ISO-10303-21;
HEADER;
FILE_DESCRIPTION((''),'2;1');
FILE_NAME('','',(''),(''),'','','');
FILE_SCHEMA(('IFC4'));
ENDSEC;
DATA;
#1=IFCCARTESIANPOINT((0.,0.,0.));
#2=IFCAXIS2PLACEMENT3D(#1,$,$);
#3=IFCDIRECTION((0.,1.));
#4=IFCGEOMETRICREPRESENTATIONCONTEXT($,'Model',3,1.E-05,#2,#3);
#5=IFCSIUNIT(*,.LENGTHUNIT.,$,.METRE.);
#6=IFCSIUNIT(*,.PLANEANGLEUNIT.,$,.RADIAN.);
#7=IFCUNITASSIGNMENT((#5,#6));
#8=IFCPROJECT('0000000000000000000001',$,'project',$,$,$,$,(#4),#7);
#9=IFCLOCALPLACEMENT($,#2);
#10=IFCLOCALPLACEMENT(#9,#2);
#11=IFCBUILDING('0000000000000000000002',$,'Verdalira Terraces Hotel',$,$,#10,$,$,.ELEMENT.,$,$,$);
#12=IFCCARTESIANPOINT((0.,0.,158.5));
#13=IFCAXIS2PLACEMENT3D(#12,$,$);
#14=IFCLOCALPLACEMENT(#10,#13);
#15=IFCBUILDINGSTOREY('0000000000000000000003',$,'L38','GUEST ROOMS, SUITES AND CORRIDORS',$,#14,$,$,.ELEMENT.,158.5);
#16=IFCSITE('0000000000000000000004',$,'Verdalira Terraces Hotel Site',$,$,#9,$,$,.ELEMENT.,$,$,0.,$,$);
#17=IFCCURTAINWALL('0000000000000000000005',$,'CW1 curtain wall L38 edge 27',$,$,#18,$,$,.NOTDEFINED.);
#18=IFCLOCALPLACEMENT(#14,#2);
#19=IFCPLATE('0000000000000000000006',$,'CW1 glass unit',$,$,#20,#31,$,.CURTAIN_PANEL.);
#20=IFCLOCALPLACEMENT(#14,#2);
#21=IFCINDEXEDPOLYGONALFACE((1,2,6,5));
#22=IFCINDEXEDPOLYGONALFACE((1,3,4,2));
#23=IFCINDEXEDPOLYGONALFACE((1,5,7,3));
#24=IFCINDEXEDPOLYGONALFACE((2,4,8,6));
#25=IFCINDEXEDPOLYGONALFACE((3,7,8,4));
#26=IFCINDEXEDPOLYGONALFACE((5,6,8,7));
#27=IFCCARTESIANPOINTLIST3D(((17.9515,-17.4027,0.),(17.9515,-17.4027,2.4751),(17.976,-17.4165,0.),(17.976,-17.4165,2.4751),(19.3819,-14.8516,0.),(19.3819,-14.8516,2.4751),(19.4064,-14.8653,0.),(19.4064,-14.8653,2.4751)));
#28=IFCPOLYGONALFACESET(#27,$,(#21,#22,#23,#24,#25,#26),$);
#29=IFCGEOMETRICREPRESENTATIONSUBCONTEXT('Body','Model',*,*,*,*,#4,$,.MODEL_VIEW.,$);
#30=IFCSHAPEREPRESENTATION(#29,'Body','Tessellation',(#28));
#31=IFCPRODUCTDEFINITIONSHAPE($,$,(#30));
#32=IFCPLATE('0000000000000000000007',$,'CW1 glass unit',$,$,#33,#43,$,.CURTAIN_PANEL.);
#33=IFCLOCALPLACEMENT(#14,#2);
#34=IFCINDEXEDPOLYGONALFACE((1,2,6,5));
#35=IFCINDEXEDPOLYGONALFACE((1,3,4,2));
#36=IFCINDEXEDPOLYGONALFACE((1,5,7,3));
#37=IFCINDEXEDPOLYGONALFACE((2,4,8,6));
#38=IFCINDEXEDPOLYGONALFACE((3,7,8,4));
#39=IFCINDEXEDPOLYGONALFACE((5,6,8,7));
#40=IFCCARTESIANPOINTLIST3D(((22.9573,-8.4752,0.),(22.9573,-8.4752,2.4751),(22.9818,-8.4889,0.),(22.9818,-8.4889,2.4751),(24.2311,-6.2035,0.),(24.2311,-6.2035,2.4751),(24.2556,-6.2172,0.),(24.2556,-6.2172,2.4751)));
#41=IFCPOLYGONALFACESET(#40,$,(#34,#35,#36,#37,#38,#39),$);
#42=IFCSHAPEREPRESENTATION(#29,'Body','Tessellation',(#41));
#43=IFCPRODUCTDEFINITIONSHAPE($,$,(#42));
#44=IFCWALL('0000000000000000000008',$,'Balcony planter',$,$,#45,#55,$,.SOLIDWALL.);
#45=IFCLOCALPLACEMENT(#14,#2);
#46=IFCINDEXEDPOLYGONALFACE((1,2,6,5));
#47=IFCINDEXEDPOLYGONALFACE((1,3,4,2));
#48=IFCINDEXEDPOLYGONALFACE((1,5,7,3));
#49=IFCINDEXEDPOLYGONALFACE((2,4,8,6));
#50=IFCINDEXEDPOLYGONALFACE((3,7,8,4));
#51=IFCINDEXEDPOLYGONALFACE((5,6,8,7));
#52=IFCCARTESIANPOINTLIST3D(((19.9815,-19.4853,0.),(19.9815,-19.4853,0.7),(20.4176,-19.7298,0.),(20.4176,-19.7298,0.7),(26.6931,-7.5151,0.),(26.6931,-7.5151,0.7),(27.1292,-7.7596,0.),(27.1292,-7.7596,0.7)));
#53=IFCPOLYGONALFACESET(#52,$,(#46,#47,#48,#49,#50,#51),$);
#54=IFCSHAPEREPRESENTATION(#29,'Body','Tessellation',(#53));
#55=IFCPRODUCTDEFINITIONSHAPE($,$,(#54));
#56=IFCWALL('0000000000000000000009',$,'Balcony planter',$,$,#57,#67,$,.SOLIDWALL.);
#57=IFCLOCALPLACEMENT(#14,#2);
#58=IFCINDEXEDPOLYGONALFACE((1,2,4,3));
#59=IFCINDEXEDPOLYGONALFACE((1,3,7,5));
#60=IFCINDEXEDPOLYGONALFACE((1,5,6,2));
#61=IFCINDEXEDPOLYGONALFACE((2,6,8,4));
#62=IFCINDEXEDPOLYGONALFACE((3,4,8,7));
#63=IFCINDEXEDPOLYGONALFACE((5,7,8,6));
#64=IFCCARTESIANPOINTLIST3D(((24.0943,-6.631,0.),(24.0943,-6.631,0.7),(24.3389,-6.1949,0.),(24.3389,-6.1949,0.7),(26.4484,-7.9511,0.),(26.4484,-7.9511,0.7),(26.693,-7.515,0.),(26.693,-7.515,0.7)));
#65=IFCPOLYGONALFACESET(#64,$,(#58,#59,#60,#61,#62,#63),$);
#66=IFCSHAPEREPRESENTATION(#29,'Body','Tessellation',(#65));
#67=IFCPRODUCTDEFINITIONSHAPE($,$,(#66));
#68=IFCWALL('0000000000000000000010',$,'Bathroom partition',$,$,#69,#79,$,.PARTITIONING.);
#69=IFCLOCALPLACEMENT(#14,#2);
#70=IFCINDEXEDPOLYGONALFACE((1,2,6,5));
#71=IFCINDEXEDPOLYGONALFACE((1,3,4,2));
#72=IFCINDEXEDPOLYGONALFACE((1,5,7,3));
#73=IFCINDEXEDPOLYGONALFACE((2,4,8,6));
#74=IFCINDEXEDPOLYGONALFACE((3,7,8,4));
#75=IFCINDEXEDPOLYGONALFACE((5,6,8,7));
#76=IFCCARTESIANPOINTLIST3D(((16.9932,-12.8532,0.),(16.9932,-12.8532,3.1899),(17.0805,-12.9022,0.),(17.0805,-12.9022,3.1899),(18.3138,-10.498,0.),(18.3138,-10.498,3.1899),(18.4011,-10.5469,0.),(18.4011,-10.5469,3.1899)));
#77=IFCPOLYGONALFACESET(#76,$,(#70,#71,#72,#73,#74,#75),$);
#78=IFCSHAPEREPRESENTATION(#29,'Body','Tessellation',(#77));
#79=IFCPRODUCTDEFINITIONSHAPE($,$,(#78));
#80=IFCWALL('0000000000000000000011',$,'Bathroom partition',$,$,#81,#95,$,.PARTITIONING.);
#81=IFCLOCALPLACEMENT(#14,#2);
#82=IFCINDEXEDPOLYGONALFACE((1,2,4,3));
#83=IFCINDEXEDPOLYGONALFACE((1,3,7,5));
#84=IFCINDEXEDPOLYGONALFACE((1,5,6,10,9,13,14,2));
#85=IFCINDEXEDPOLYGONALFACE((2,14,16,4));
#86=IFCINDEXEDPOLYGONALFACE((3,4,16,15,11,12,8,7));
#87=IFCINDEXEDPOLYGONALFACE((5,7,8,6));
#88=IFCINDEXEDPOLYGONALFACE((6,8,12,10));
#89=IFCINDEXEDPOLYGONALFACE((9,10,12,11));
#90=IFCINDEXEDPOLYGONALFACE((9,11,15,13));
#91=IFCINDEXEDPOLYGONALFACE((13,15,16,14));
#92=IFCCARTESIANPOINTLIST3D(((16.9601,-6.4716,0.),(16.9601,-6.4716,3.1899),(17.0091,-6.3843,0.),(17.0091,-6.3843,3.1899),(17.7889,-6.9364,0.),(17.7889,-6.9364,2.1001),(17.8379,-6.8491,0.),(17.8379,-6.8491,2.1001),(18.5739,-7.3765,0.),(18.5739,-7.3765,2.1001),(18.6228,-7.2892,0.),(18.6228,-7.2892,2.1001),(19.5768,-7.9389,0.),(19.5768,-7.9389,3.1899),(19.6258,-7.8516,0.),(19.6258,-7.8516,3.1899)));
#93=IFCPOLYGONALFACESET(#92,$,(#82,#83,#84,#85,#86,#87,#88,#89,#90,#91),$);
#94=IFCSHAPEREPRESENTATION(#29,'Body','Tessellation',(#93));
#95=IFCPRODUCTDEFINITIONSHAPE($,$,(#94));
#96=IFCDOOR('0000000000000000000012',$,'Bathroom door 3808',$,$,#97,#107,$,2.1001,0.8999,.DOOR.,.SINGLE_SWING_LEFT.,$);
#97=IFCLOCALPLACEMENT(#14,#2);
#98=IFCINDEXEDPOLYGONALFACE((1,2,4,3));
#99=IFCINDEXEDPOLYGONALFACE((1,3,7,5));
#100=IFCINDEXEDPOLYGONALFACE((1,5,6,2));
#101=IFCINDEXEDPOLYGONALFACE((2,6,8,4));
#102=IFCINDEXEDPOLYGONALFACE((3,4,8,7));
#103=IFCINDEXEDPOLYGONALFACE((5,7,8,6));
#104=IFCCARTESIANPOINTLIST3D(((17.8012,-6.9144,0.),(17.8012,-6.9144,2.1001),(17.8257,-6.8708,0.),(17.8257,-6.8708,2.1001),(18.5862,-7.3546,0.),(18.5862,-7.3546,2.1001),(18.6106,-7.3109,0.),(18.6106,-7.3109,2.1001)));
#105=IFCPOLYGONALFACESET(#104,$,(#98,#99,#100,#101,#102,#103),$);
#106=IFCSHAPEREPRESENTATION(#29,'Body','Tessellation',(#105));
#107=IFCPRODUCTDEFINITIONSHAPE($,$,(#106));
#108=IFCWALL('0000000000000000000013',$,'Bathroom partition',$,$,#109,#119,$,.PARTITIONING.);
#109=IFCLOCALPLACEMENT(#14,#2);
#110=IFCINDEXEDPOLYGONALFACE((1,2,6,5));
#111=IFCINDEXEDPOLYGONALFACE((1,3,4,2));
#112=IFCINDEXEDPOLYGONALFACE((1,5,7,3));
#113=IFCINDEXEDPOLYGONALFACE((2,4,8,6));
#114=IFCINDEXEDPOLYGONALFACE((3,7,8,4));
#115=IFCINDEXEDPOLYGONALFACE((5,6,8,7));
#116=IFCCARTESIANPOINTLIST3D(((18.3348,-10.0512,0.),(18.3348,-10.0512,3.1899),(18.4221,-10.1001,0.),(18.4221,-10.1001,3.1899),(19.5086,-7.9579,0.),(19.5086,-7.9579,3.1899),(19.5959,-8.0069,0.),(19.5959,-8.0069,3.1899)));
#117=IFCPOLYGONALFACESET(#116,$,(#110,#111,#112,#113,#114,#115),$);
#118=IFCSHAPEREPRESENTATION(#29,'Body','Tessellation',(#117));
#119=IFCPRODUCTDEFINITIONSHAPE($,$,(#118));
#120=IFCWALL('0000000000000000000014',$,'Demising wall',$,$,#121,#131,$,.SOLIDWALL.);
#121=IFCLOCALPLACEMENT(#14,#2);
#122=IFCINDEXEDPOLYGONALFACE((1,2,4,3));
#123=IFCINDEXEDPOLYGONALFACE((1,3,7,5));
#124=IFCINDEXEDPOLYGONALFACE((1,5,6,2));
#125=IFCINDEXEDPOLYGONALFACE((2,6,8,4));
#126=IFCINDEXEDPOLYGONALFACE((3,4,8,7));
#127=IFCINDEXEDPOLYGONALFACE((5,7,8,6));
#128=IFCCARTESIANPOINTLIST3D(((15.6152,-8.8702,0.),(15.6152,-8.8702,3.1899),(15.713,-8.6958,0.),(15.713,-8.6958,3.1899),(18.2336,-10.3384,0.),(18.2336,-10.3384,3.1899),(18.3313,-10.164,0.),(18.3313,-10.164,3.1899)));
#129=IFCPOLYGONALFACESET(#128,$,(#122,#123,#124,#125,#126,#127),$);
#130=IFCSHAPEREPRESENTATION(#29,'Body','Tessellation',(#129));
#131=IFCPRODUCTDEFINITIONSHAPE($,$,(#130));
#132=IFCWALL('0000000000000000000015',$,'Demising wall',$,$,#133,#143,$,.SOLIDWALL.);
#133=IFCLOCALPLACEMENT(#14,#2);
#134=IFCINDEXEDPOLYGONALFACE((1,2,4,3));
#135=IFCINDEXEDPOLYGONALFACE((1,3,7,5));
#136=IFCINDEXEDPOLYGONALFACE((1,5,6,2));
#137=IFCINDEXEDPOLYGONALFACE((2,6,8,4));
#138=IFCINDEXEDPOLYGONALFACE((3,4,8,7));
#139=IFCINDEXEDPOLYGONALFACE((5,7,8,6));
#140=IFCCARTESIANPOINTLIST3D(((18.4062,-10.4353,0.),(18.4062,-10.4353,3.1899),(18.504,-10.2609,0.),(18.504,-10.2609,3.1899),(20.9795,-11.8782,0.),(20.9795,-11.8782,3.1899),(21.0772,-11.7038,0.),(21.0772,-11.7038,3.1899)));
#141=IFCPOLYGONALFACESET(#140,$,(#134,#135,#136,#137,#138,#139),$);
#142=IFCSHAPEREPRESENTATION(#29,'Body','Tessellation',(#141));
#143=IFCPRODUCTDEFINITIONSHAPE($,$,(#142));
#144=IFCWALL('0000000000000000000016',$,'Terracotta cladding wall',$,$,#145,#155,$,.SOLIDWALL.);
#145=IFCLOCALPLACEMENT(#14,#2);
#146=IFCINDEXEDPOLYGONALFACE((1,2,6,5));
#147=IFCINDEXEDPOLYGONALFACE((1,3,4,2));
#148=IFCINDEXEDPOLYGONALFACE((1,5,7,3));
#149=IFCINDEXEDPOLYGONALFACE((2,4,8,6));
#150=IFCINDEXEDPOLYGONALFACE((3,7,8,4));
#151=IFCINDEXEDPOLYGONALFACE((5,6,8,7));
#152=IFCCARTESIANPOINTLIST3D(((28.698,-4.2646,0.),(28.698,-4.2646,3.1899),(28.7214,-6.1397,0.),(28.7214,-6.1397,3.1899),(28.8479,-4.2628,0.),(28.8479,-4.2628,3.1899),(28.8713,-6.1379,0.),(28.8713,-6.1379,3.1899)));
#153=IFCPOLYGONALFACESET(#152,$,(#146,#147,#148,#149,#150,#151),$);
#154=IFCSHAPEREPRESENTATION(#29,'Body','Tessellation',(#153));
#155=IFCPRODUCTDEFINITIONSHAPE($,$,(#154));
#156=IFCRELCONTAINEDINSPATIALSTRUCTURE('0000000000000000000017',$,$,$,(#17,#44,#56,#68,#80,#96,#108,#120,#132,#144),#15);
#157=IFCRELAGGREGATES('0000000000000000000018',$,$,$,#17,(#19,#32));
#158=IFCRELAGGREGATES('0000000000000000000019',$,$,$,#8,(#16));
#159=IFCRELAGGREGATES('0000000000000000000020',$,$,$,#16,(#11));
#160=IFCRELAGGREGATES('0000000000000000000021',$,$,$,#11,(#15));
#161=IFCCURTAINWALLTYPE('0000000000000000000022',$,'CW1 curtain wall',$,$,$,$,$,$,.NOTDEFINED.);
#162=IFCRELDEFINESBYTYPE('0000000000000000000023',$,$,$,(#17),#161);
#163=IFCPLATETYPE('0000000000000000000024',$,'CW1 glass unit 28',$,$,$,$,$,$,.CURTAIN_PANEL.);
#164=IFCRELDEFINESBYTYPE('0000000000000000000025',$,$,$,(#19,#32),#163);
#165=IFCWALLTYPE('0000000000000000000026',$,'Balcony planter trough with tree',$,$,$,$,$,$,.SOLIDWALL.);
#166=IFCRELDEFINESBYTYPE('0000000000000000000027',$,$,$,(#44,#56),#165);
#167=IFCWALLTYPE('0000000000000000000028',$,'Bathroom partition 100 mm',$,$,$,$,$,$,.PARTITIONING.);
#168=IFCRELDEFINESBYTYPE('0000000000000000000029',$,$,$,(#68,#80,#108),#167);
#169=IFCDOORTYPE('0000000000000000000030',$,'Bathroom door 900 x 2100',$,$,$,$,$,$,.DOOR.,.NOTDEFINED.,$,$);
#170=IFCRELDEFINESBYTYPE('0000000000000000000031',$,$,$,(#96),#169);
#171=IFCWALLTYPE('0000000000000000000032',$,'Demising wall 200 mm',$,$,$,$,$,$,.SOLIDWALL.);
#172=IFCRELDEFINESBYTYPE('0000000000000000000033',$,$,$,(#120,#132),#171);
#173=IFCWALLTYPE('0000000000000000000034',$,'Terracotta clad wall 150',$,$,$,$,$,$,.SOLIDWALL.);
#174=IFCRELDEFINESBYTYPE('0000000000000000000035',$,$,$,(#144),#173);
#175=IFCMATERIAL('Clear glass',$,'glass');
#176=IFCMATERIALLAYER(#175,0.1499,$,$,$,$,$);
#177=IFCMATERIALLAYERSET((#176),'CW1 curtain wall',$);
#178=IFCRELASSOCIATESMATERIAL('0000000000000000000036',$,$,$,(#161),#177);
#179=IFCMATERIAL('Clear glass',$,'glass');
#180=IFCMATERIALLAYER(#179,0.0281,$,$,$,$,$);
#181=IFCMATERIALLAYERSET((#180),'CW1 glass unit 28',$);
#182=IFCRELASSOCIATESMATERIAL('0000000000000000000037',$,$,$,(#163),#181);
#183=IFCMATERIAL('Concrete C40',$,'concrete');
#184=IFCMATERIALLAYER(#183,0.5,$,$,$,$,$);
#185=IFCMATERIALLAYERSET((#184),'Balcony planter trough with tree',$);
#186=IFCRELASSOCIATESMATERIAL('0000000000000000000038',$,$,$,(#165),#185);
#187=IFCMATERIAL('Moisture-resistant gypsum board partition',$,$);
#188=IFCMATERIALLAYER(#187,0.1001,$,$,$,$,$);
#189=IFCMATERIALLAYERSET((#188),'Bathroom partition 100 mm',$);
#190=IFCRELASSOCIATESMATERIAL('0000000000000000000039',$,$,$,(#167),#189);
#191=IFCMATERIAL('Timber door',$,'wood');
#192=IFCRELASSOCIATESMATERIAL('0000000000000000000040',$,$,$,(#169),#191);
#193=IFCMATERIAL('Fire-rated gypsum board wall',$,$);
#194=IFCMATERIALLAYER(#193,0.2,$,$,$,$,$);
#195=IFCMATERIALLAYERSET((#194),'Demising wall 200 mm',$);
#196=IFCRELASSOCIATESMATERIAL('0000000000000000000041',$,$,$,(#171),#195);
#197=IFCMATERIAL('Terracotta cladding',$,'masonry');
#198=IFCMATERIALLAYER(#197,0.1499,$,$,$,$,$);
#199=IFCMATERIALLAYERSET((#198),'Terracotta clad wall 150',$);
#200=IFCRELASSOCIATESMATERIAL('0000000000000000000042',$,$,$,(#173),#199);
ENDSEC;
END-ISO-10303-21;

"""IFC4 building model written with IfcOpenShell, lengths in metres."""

from ifc_helpers import new_model, si_unit, direction, frame, frame_2d, origin, origin_2d, place, context, subcontext, project, spatial, rectangle, extrude, material, layer, layer_set, type_object, element, fill, aggregate, save


model = new_model("IFC4")

# Units and contexts
model_context = context("Model", 3, precision=1e-05, world=origin(), true_north=direction((0.0, 1.0)))
body_context = subcontext(model_context, "Body", "Model", "MODEL_VIEW")
ifc_project = project(units=[si_unit("LENGTHUNIT", "METRE"), si_unit("PLANEANGLEUNIT", "RADIAN")], contexts=[model_context])

# Site, building, storey
site_placement = place(None, origin())
site = spatial("IfcSite", under=ifc_project, at=site_placement, Name="Verdalira Terraces Hotel Site", CompositionType="ELEMENT", RefElevation=0.0)
building_placement = place(site_placement, origin())
building = spatial("IfcBuilding", under=site, at=building_placement, Name="Verdalira Terraces Hotel", CompositionType="ELEMENT")
storey_placement = place(building_placement, frame((0.0, 0.0, 158.5)))
storey = spatial("IfcBuildingStorey", under=building, at=storey_placement, Name="L38", Description="GUEST ROOMS, SUITES AND CORRIDORS", CompositionType="ELEMENT", Elevation=158.5)

# Shared definitions
ifc_material_1 = material(Name="Clear glass", Category="glass")
ifc_layer_1 = layer(ifc_material_1, 0.1499)
ifc_layer_set_1 = layer_set([ifc_layer_1], Name="CW1 curtain wall")
curtain_wall_type_1 = type_object("IfcCurtainWallType", Name="CW1 curtain wall", PredefinedType="NOTDEFINED", material=ifc_layer_set_1)

# Curtain wall
curtain_wall_1_placement = place(storey_placement, origin())
curtain_wall_1 = element("IfcCurtainWall", 1, at=curtain_wall_1_placement, inside=storey, type_object=curtain_wall_type_1, Name="CW1 curtain wall L38 edge 27", PredefinedType="NOTDEFINED")

# Plates
ifc_material_2 = material(Name="Clear glass", Category="glass")
ifc_layer_2 = layer(ifc_material_2, 0.0281)
ifc_layer_set_2 = layer_set([ifc_layer_2], Name="CW1 glass unit 28")
plate_type = type_object("IfcPlateType", Name="CW1 glass unit 28", PredefinedType="CURTAIN_PANEL", material=ifc_layer_set_2)
plate_1_placement = place(storey_placement, frame((18.679, -16.134, 0.0), z_axis=(0.0, 0.0, 1.0), x_axis=(0.489078, 0.87224, 0.0)))
plate_1 = element("IfcPlate", 2, at=plate_1_placement, type_object=plate_type, Name="CW1 glass unit", PredefinedType="CURTAIN_PANEL", context=body_context, shape_type="SweptSolid", body=[
    extrude(rectangle(XDim=2.9248, YDim=0.0281, at=origin_2d()), origin(), (0.0, 0.0, 1.0), 2.4751),
])
plate_2_placement = place(storey_placement, frame((23.6064, -7.3462, 0.0), z_axis=(0.0, 0.0, 1.0), x_axis=(0.489078, 0.87224, 0.0)))
plate_2 = element("IfcPlate", 3, at=plate_2_placement, type_object=plate_type, Name="CW1 glass unit", PredefinedType="CURTAIN_PANEL", context=body_context, shape_type="SweptSolid", body=[
    extrude(rectangle(XDim=2.6045, YDim=0.0281, at=origin_2d()), origin(), (0.0, 0.0, 1.0), 2.4751),
])
aggregate(curtain_wall_1, [plate_1, plate_2])

# Walls
ifc_material_3 = material(Name="Concrete C40", Category="concrete")
ifc_layer_3 = layer(ifc_material_3, 0.5)
ifc_layer_set_3 = layer_set([ifc_layer_3], Name="Balcony planter trough with tree")
wall_type_1 = type_object("IfcWallType", Name="Balcony planter trough with tree", PredefinedType="SOLIDWALL", material=ifc_layer_set_3)
wall_1_placement = place(storey_placement, frame((20.1995, -19.6077, 0.0), z_axis=(0.0, 0.0, 1.0), x_axis=(0.489066, 0.872247, 0.0)))
element("IfcWall", 4, at=wall_1_placement, inside=storey, type_object=wall_type_1, Name="Balcony planter", PredefinedType="SOLIDWALL", context=body_context, shape_type="SweptSolid", body=[
    extrude(rectangle(XDim=13.7234, YDim=0.5, at=frame_2d((6.8618, 0.0))), origin(), (0.0, 0.0, 1.0), 0.7),
])
wall_2_placement = place(storey_placement, frame((26.5708, -7.7332, 0.0), z_axis=(0.0, 0.0, 1.0), x_axis=(-0.872217, 0.489118, 0.0)))
element("IfcWall", 5, at=wall_2_placement, inside=storey, type_object=wall_type_1, Name="Balcony planter", PredefinedType="SOLIDWALL", context=body_context, shape_type="SweptSolid", body=[
    extrude(rectangle(XDim=2.699, YDim=0.5, at=frame_2d((1.3496, 0.0))), origin(), (0.0, 0.0, 1.0), 0.7),
])
ifc_material_4 = material(Name="Moisture-resistant gypsum board partition")
ifc_layer_4 = layer(ifc_material_4, 0.1001)
ifc_layer_set_4 = layer_set([ifc_layer_4], Name="Bathroom partition 100 mm")
wall_type_2 = type_object("IfcWallType", Name="Bathroom partition 100 mm", PredefinedType="PARTITIONING", material=ifc_layer_set_4)
wall_3_placement = place(storey_placement, frame((17.0369, -12.8777, 0.0), z_axis=(0.0, 0.0, 1.0), x_axis=(0.489063, 0.872248, 0.0)))
element("IfcWall", 6, at=wall_3_placement, inside=storey, type_object=wall_type_2, Name="Bathroom partition", PredefinedType="PARTITIONING", context=body_context, shape_type="SweptSolid", body=[
    extrude(rectangle(XDim=2.7002, YDim=0.1001, at=frame_2d((1.3501, 0.0))), origin(), (0.0, 0.0, 1.0), 3.1899),
])

# Wall, opening, door
wall_4_placement = place(storey_placement, frame((19.6013, -7.8953, 0.0), z_axis=(0.0, 0.0, 1.0), x_axis=(-0.872231, 0.489094, 0.0)))
wall_4 = element("IfcWall", 7, at=wall_4_placement, inside=storey, type_object=wall_type_2, Name="Bathroom partition", PredefinedType="PARTITIONING", context=body_context, shape_type="SweptSolid", body=[
    extrude(rectangle(XDim=3.0, YDim=0.1001, at=frame_2d((1.5, 0.0))), origin(), (0.0, 0.0, 1.0), 3.1899),
])
opening_1_placement = place(wall_4_placement, frame((1.1499, 0.0, 0.0)))
opening_1 = element("IfcOpeningElement", 8, at=opening_1_placement, cuts=wall_4, PredefinedType="OPENING", context=body_context, shape_type="SweptSolid", body=[
    extrude(rectangle(XDim=0.8999, YDim=2.1001, at=frame_2d((0.45, 1.05))), frame((0.0, 0.0601, 0.0), z_axis=(0.0, -1.0, 0.0), x_axis=(1.0, 0.0, 0.0)), (0.0, 0.0, 1.0), 0.1201),
])
ifc_material_5 = material(Name="Timber door", Category="wood")
door_type_1 = type_object("IfcDoorType", Name="Bathroom door 900 x 2100", OperationType="NOTDEFINED", PredefinedType="DOOR", material=ifc_material_5)
door_1_placement = place(opening_1_placement, origin())
door_1 = element("IfcDoor", 9, at=door_1_placement, inside=storey, type_object=door_type_1, Name="Bathroom door 3808", OperationType="SINGLE_SWING_LEFT", OverallHeight=2.1001, OverallWidth=0.8999, PredefinedType="DOOR", context=body_context, shape_type="SweptSolid", body=[
    extrude(rectangle(XDim=0.8999, YDim=2.1001, at=frame_2d((0.45, 1.05))), frame((0.0, 0.0249, 0.0), z_axis=(0.0, -1.0, 0.0), x_axis=(1.0, 0.0, 0.0)), (0.0, 0.0, 1.0), 0.05),
])
fill(opening_1, door_1)

# Walls
wall_5_placement = place(storey_placement, frame((19.5522, -7.9824, 0.0), z_axis=(0.0, 0.0, 1.0), x_axis=(-0.489111, -0.872221, 0.0)))
element("IfcWall", 10, at=wall_5_placement, inside=storey, type_object=wall_type_2, Name="Bathroom partition", PredefinedType="PARTITIONING", context=body_context, shape_type="SweptSolid", body=[
    extrude(rectangle(XDim=2.3999, YDim=0.1001, at=frame_2d((1.2, 0.0))), origin(), (0.0, 0.0, 1.0), 3.1899),
])
ifc_material_6 = material(Name="Fire-rated gypsum board wall")
ifc_layer_5 = layer(ifc_material_6, 0.2)
ifc_layer_set_5 = layer_set([ifc_layer_5], Name="Demising wall 200 mm")
wall_type_3 = type_object("IfcWallType", Name="Demising wall 200 mm", PredefinedType="SOLIDWALL", material=ifc_layer_set_5)
wall_6_placement = place(storey_placement, frame((15.6641, -8.783, 0.0), z_axis=(0.0, 0.0, 1.0), x_axis=(0.872229, -0.489099, 0.0)))
element("IfcWall", 11, at=wall_6_placement, inside=storey, type_object=wall_type_3, Name="Demising wall", PredefinedType="SOLIDWALL", context=body_context, shape_type="SweptSolid", body=[
    extrude(rectangle(XDim=3.002, YDim=0.2, at=frame_2d((1.501, 0.0))), origin(), (0.0, 0.0, 1.0), 3.1899),
])
wall_7_placement = place(storey_placement, frame((18.4551, -10.3481, 0.0), z_axis=(0.0, 0.0, 1.0), x_axis=(0.872238, -0.489082, 0.0)))
element("IfcWall", 12, at=wall_7_placement, inside=storey, type_object=wall_type_3, Name="Demising wall", PredefinedType="SOLIDWALL", context=body_context, shape_type="SweptSolid", body=[
    extrude(rectangle(XDim=2.9502, YDim=0.2, at=frame_2d((1.4751, 0.0))), origin(), (0.0, 0.0, 1.0), 3.1899),
])
ifc_material_7 = material(Name="Terracotta cladding", Category="masonry")
ifc_layer_6 = layer(ifc_material_7, 0.1499)
ifc_layer_set_6 = layer_set([ifc_layer_6], Name="Terracotta clad wall 150")
wall_type_4 = type_object("IfcWallType", Name="Terracotta clad wall 150", PredefinedType="SOLIDWALL", material=ifc_layer_set_6)
wall_8_placement = place(storey_placement, frame((28.7964, -6.1387, 0.0), z_axis=(0.0, 0.0, 1.0), x_axis=(-0.012499, 0.999922, 0.0)))
element("IfcWall", 13, at=wall_8_placement, inside=storey, type_object=wall_type_4, Name="Terracotta cladding wall", PredefinedType="SOLIDWALL", context=body_context, shape_type="SweptSolid", body=[
    extrude(rectangle(XDim=1.8752, YDim=0.1499, at=frame_2d((0.9375, 0.0))), origin(), (0.0, 0.0, 1.0), 3.1899),
])

save(model, "model.ifc")
